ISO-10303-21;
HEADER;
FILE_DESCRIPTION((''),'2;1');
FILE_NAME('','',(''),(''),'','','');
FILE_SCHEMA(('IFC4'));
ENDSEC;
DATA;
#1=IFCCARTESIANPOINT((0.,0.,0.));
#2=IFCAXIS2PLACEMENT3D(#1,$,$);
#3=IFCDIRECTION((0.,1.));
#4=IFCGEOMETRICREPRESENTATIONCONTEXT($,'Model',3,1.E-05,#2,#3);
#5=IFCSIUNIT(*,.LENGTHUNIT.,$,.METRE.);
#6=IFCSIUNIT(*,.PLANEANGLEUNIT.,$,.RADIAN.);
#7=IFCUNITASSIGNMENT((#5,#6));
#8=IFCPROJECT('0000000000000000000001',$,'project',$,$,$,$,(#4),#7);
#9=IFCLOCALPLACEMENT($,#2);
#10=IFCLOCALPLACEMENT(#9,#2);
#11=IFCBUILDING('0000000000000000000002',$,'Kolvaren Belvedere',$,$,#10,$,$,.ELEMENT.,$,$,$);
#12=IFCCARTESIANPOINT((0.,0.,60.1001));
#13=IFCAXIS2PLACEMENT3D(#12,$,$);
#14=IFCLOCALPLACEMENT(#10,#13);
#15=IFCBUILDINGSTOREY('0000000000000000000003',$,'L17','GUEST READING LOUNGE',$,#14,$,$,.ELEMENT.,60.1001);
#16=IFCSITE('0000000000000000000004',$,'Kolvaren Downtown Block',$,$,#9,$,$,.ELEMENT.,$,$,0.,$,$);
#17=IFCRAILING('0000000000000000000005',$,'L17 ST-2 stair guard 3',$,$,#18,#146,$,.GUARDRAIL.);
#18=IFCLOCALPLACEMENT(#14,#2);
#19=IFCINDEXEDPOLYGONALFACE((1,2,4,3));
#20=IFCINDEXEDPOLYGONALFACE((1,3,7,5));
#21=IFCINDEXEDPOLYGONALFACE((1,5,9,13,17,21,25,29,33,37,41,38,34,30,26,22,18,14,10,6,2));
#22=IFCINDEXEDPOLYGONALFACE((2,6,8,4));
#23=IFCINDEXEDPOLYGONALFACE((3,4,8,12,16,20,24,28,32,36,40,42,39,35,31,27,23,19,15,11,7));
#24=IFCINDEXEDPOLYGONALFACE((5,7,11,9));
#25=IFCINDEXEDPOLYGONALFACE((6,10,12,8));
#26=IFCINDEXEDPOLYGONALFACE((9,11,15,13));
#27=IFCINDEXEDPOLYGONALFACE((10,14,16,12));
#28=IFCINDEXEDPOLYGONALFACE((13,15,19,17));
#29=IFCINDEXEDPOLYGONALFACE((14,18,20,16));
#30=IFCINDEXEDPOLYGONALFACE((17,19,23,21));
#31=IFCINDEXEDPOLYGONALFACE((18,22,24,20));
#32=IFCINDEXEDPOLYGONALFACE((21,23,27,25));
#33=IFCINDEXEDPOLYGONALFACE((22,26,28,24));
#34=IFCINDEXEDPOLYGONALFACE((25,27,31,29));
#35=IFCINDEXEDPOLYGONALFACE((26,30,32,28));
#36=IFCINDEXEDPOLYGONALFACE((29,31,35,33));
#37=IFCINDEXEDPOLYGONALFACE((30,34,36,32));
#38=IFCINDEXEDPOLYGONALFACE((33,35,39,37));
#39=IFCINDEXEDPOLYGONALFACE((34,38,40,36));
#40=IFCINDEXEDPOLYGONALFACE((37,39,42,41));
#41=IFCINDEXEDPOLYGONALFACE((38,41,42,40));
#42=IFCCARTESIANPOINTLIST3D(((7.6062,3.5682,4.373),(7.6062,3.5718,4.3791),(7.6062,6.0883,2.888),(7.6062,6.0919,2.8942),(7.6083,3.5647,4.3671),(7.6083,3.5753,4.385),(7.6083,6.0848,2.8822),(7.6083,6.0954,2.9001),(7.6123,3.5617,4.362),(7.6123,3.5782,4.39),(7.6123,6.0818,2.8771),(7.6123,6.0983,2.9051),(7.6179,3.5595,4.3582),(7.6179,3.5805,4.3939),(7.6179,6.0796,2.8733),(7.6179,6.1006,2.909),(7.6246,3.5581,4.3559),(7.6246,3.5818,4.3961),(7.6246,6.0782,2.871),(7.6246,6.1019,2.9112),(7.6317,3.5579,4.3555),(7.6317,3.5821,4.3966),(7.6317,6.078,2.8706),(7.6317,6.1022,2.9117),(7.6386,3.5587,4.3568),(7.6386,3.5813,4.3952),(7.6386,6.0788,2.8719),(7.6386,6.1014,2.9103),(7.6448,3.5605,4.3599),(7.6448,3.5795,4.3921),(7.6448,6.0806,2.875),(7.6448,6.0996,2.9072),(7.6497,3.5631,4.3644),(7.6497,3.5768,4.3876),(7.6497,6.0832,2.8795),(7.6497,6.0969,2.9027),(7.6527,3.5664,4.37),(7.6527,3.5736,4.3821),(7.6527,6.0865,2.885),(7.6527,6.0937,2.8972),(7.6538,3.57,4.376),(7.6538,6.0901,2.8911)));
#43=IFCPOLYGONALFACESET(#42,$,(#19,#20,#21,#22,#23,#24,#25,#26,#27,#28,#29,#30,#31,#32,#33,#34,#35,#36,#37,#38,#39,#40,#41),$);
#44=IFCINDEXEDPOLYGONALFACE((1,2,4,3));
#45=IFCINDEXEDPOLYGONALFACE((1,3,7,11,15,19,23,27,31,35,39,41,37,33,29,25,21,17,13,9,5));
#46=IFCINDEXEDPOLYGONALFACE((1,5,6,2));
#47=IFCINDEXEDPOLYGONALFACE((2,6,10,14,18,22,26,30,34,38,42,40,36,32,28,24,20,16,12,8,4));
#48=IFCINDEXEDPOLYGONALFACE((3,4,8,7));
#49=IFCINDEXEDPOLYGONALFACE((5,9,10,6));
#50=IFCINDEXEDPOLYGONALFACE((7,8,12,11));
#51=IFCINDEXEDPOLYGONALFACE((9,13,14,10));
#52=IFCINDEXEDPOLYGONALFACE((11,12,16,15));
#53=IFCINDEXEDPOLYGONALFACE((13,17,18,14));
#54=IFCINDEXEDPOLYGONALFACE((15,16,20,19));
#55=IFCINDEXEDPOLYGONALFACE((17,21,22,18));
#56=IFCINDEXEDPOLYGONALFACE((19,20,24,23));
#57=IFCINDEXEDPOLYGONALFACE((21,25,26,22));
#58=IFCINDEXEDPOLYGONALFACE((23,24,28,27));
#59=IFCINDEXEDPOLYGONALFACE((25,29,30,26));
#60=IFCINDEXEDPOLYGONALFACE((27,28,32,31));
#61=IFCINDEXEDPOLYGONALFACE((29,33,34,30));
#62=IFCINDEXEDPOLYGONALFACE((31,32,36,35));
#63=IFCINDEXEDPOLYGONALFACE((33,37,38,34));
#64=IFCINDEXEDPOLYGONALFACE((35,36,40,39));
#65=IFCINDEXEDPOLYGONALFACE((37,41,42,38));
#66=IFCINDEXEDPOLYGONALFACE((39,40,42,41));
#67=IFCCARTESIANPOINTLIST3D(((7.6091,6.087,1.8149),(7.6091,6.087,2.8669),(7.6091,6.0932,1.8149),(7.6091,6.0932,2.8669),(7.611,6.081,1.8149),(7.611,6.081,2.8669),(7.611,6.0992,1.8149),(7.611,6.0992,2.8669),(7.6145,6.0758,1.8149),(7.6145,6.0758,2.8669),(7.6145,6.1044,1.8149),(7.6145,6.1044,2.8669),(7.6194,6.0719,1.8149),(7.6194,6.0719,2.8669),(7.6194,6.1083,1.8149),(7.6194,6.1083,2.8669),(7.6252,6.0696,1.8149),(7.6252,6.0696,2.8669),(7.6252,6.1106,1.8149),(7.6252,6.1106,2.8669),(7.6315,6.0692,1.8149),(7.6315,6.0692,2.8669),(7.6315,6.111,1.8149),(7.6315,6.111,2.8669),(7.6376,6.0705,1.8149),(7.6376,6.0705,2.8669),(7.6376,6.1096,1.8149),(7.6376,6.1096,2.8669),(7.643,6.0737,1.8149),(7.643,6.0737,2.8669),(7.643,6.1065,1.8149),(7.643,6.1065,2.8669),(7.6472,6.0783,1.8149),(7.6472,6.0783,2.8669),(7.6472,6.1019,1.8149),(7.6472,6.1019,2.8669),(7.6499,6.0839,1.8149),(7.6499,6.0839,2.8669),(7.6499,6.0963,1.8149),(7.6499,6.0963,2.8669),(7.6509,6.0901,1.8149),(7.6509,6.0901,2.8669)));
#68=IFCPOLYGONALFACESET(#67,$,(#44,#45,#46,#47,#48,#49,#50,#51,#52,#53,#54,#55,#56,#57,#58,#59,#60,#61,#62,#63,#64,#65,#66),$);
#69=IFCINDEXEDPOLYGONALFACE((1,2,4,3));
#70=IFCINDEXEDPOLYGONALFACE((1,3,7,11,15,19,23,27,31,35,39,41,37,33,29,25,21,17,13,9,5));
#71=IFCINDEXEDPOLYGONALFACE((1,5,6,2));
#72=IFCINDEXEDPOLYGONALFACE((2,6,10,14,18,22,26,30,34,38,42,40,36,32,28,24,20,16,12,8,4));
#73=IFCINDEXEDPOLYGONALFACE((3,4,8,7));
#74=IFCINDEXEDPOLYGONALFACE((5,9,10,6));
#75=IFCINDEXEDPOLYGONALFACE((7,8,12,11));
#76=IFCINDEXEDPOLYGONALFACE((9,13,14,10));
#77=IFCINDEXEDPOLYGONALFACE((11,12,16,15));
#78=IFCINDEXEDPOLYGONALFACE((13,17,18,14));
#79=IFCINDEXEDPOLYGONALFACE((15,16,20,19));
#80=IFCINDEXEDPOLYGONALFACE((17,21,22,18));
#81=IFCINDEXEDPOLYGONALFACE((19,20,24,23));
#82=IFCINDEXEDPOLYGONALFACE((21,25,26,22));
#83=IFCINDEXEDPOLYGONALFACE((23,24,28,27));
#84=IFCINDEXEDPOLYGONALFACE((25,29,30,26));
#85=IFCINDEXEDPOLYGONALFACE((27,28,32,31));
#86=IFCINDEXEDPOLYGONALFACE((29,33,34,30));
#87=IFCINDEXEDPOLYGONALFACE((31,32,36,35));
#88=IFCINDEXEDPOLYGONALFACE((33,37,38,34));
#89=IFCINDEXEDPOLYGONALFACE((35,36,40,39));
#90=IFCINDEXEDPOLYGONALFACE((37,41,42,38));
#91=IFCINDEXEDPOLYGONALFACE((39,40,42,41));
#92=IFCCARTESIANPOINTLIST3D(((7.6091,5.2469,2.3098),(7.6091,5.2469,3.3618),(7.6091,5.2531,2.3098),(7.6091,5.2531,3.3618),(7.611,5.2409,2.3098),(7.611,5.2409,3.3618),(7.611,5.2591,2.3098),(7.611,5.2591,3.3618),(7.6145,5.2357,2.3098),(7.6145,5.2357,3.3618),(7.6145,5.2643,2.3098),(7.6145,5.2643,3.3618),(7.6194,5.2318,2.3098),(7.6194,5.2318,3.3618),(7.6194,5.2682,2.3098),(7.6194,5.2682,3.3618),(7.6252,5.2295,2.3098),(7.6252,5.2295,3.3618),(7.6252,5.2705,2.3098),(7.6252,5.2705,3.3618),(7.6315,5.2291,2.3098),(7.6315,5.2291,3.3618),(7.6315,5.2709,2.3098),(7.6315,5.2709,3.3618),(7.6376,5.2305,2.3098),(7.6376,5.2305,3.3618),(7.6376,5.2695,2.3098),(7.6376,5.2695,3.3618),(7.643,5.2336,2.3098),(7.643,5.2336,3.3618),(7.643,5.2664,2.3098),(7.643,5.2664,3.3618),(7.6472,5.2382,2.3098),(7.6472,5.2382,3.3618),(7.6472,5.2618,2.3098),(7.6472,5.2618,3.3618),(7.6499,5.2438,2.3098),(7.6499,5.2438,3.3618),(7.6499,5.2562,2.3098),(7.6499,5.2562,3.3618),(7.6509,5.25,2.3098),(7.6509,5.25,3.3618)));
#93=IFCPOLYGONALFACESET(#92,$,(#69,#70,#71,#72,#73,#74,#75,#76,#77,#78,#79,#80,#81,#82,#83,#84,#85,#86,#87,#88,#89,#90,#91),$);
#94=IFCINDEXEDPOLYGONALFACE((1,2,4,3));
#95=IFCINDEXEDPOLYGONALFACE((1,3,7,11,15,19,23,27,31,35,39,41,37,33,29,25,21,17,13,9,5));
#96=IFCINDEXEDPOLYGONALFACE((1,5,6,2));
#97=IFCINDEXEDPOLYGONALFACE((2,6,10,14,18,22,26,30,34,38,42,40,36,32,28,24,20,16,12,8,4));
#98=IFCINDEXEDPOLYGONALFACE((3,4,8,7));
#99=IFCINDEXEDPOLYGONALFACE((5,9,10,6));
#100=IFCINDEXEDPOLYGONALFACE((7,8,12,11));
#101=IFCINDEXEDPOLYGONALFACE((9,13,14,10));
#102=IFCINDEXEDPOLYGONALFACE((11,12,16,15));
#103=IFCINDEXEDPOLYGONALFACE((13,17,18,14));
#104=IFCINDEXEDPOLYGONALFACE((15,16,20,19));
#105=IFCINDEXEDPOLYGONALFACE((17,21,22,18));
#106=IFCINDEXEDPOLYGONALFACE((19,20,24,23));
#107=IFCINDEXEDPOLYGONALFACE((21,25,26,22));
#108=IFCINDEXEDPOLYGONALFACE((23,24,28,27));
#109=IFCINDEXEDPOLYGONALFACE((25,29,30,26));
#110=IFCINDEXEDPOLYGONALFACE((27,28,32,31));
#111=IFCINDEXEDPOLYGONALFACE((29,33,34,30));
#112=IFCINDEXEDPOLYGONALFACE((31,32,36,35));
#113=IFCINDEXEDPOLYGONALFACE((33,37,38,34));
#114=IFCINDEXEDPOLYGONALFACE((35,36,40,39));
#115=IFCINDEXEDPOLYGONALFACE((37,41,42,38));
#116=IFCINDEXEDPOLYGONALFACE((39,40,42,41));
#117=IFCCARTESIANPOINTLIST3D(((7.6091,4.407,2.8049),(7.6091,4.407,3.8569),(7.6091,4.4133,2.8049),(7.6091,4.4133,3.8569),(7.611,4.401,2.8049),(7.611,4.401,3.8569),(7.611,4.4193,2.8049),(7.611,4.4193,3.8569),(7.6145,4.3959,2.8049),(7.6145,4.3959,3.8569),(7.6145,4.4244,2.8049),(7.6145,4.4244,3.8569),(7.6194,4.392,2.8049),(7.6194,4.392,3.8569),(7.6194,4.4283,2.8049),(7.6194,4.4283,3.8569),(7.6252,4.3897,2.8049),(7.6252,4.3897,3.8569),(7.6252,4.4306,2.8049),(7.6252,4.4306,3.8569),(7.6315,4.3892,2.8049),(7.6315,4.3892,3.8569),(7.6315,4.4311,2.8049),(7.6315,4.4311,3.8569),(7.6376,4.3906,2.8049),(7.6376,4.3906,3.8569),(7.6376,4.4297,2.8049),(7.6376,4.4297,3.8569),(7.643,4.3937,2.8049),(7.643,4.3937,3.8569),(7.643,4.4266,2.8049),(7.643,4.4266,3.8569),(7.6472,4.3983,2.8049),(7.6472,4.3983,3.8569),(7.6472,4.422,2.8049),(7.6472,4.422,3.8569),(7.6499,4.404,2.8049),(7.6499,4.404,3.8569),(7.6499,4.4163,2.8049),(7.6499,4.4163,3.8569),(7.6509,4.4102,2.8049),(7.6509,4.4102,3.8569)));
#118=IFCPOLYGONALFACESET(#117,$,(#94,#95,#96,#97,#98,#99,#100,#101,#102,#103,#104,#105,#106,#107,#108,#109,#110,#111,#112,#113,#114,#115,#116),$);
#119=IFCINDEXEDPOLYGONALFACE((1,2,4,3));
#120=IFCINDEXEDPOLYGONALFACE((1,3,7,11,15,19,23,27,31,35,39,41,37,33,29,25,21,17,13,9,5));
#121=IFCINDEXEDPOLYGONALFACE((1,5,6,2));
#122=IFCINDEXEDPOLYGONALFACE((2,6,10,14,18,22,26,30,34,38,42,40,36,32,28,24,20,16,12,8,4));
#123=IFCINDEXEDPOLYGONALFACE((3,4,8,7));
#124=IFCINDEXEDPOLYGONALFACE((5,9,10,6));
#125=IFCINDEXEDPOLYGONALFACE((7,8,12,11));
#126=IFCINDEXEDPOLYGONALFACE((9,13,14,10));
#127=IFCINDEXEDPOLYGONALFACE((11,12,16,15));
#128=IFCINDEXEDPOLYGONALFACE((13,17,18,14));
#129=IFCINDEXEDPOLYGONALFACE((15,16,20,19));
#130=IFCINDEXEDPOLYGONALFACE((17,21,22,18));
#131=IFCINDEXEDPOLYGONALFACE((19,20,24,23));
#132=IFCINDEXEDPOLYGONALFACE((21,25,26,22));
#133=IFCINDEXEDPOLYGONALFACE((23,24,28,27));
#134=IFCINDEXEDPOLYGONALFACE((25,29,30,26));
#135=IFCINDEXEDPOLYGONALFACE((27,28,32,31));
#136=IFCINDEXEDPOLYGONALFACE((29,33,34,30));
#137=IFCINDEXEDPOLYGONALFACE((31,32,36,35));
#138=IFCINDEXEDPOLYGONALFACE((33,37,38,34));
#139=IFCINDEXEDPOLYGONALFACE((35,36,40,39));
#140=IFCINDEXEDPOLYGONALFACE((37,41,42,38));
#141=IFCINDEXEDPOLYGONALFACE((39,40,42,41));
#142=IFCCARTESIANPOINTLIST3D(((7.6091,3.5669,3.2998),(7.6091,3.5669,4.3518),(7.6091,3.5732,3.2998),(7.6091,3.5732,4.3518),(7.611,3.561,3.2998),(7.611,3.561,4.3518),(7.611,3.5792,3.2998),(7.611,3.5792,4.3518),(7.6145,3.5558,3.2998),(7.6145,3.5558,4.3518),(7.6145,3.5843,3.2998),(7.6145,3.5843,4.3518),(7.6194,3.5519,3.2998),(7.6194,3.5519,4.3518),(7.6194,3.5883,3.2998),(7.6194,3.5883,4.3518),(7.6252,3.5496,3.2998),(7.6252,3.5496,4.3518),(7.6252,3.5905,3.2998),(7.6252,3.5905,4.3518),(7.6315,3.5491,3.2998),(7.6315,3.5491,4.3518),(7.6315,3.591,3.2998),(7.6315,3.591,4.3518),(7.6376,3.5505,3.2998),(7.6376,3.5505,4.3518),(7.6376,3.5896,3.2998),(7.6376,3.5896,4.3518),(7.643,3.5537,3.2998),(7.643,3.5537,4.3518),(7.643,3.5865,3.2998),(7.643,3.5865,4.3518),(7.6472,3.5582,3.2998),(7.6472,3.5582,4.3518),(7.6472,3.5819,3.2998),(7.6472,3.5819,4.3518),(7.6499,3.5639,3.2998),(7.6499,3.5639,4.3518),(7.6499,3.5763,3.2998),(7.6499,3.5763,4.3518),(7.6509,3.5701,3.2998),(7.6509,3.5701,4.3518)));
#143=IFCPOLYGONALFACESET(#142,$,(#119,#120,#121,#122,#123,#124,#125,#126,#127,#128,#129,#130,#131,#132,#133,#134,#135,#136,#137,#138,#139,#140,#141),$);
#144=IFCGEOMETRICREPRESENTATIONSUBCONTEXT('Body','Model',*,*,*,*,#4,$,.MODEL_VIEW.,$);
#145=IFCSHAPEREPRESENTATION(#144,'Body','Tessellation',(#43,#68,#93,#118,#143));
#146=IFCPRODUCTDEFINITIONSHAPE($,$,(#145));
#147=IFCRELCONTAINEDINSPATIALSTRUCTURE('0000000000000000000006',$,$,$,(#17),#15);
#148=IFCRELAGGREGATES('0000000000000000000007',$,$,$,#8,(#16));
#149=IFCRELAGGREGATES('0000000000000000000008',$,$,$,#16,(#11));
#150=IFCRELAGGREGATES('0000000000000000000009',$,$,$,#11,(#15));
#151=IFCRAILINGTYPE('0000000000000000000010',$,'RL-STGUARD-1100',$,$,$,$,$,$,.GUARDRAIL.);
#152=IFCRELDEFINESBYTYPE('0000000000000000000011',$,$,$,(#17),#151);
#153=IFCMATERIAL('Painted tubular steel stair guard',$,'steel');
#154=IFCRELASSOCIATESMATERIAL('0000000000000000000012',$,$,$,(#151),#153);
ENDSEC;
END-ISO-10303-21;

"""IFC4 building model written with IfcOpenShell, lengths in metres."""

from ifc_helpers import new_model, si_unit, direction, frame, origin, origin_2d, place, context, subcontext, project, spatial, circle, extrude, material, type_object, element, save


model = new_model("IFC4")

# Units and contexts
model_context = context("Model", 3, precision=1e-05, world=origin(), true_north=direction((0.0, 1.0)))
body_context = subcontext(model_context, "Body", "Model", "MODEL_VIEW")
ifc_project = project(units=[si_unit("LENGTHUNIT", "METRE"), si_unit("PLANEANGLEUNIT", "RADIAN")], contexts=[model_context])

# Site, building, storey
site_placement = place(None, origin())
site = spatial("IfcSite", under=ifc_project, at=site_placement, Name="Kolvaren Downtown Block", CompositionType="ELEMENT", RefElevation=0.0)
building_placement = place(site_placement, origin())
building = spatial("IfcBuilding", under=site, at=building_placement, Name="Kolvaren Belvedere", CompositionType="ELEMENT")
storey_placement = place(building_placement, frame((0.0, 0.0, 60.1001)))
storey = spatial("IfcBuildingStorey", under=building, at=storey_placement, Name="L17", Description="GUEST READING LOUNGE", CompositionType="ELEMENT", Elevation=60.1001)

# Railing
ifc_material_1 = material(Name="Painted tubular steel stair guard", Category="steel")
railing_type_1 = type_object("IfcRailingType", Name="RL-STGUARD-1100", PredefinedType="GUARDRAIL", material=ifc_material_1)
railing_1_placement = place(storey_placement, frame((7.6299, 6.0901, 1.8149)))
element("IfcRailing", 1, at=railing_1_placement, inside=storey, type_object=railing_type_1, Name="L17 ST-2 stair guard 3", PredefinedType="GUARDRAIL", context=body_context, shape_type="SweptSolid", body=[
    extrude(circle(Radius=0.0239, at=origin_2d()), frame((0.0, 0.0, 1.0762), z_axis=(0.0, -0.861561, 0.507655), x_axis=(1.0, 0.0, 0.0)), (0.0, 0.0, 1.0), 2.925),
    extrude(circle(Radius=0.021, at=origin_2d()), origin(), (0.0, 0.0, 1.0), 1.052),
    extrude(circle(Radius=0.021, at=origin_2d()), frame((0.0, -0.8401, 0.4949)), (0.0, 0.0, 1.0), 1.052),
    extrude(circle(Radius=0.021, at=origin_2d()), frame((0.0, -1.6799, 0.99)), (0.0, 0.0, 1.0), 1.052),
    extrude(circle(Radius=0.021, at=origin_2d()), frame((0.0, -2.52, 1.4849)), (0.0, 0.0, 1.0), 1.052),
])

save(model, "model.ifc")
